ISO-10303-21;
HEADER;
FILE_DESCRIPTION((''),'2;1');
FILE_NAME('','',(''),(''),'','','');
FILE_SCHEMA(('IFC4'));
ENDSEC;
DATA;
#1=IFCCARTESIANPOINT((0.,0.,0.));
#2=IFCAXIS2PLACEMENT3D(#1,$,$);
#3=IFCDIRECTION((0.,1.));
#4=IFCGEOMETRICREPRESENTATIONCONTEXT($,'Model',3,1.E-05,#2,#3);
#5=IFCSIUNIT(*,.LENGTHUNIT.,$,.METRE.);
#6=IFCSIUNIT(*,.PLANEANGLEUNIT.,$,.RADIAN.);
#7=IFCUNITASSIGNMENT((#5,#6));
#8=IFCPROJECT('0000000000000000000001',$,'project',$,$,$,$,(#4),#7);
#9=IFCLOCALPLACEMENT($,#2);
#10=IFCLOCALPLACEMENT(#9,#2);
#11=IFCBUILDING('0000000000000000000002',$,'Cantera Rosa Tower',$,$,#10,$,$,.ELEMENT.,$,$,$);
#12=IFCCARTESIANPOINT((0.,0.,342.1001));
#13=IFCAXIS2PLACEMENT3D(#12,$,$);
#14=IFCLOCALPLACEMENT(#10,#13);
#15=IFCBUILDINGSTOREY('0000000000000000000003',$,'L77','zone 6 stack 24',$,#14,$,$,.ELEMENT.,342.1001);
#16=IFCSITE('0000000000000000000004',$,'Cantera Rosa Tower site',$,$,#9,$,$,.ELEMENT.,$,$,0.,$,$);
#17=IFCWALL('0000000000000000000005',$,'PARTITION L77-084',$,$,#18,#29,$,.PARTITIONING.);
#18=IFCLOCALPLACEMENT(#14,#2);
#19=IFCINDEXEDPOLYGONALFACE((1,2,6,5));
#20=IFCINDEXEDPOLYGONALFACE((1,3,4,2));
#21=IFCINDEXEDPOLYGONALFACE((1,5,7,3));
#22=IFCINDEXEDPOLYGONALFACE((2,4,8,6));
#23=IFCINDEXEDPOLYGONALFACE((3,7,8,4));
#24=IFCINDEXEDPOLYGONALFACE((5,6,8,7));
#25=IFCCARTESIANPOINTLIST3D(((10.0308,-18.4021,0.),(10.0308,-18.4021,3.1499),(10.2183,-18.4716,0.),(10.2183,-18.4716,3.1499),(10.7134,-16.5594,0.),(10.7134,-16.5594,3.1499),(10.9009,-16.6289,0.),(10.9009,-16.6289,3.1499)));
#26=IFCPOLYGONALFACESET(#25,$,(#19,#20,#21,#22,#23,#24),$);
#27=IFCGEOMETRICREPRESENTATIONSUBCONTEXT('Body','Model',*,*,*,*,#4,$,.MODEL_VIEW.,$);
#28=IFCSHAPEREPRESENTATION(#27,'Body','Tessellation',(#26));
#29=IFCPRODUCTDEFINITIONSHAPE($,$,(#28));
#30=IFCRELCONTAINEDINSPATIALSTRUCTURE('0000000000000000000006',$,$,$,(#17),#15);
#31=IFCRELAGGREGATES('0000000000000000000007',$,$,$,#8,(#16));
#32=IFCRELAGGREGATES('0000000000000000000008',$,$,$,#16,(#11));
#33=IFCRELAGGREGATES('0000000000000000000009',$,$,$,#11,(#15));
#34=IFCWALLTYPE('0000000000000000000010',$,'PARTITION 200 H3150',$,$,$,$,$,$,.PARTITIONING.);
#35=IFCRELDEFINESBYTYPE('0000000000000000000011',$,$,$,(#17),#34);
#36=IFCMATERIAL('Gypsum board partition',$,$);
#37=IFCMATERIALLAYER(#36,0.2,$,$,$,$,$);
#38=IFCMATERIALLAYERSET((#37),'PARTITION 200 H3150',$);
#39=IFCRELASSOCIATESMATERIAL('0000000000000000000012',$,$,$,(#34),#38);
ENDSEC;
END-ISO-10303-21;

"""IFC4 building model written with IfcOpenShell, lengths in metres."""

from ifc_helpers import new_model, si_unit, direction, frame, frame_2d, origin, place, context, subcontext, project, spatial, rectangle, extrude, material, layer, layer_set, type_object, element, save


model = new_model("IFC4")

# Units and contexts
model_context = context("Model", 3, precision=1e-05, world=origin(), true_north=direction((0.0, 1.0)))
body_context = subcontext(model_context, "Body", "Model", "MODEL_VIEW")
ifc_project = project(units=[si_unit("LENGTHUNIT", "METRE"), si_unit("PLANEANGLEUNIT", "RADIAN")], contexts=[model_context])

# Site, building, storey
site_placement = place(None, origin())
site = spatial("IfcSite", under=ifc_project, at=site_placement, Name="Cantera Rosa Tower site", CompositionType="ELEMENT", RefElevation=0.0)
building_placement = place(site_placement, origin())
building = spatial("IfcBuilding", under=site, at=building_placement, Name="Cantera Rosa Tower", CompositionType="ELEMENT")
storey_placement = place(building_placement, frame((0.0, 0.0, 342.1001)))
storey = spatial("IfcBuildingStorey", under=building, at=storey_placement, Name="L77", Description="zone 6 stack 24", CompositionType="ELEMENT", Elevation=342.1001)

# Shared definitions
ifc_material_1 = material(Name="Gypsum board partition")
ifc_layer_1 = layer(ifc_material_1, 0.2)
ifc_layer_set_1 = layer_set([ifc_layer_1], Name="PARTITION 200 H3150")
wall_type_1 = type_object("IfcWallType", Name="PARTITION 200 H3150", PredefinedType="PARTITIONING", material=ifc_layer_set_1)

# Wall
wall_1_placement = place(storey_placement, frame((10.8071, -16.5942, 0.0), z_axis=(0.0, 0.0, 1.0), x_axis=(-0.347363, -0.937731, 0.0)))
element("IfcWall", 1, at=wall_1_placement, inside=storey, type_object=wall_type_1, Name="PARTITION L77-084", PredefinedType="PARTITIONING", context=body_context, shape_type="SweptSolid", body=[
    extrude(rectangle(XDim=1.9651, YDim=0.2, at=frame_2d((0.9824, 0.0))), origin(), (0.0, 0.0, 1.0), 3.1499),
])

save(model, "model.ifc")
